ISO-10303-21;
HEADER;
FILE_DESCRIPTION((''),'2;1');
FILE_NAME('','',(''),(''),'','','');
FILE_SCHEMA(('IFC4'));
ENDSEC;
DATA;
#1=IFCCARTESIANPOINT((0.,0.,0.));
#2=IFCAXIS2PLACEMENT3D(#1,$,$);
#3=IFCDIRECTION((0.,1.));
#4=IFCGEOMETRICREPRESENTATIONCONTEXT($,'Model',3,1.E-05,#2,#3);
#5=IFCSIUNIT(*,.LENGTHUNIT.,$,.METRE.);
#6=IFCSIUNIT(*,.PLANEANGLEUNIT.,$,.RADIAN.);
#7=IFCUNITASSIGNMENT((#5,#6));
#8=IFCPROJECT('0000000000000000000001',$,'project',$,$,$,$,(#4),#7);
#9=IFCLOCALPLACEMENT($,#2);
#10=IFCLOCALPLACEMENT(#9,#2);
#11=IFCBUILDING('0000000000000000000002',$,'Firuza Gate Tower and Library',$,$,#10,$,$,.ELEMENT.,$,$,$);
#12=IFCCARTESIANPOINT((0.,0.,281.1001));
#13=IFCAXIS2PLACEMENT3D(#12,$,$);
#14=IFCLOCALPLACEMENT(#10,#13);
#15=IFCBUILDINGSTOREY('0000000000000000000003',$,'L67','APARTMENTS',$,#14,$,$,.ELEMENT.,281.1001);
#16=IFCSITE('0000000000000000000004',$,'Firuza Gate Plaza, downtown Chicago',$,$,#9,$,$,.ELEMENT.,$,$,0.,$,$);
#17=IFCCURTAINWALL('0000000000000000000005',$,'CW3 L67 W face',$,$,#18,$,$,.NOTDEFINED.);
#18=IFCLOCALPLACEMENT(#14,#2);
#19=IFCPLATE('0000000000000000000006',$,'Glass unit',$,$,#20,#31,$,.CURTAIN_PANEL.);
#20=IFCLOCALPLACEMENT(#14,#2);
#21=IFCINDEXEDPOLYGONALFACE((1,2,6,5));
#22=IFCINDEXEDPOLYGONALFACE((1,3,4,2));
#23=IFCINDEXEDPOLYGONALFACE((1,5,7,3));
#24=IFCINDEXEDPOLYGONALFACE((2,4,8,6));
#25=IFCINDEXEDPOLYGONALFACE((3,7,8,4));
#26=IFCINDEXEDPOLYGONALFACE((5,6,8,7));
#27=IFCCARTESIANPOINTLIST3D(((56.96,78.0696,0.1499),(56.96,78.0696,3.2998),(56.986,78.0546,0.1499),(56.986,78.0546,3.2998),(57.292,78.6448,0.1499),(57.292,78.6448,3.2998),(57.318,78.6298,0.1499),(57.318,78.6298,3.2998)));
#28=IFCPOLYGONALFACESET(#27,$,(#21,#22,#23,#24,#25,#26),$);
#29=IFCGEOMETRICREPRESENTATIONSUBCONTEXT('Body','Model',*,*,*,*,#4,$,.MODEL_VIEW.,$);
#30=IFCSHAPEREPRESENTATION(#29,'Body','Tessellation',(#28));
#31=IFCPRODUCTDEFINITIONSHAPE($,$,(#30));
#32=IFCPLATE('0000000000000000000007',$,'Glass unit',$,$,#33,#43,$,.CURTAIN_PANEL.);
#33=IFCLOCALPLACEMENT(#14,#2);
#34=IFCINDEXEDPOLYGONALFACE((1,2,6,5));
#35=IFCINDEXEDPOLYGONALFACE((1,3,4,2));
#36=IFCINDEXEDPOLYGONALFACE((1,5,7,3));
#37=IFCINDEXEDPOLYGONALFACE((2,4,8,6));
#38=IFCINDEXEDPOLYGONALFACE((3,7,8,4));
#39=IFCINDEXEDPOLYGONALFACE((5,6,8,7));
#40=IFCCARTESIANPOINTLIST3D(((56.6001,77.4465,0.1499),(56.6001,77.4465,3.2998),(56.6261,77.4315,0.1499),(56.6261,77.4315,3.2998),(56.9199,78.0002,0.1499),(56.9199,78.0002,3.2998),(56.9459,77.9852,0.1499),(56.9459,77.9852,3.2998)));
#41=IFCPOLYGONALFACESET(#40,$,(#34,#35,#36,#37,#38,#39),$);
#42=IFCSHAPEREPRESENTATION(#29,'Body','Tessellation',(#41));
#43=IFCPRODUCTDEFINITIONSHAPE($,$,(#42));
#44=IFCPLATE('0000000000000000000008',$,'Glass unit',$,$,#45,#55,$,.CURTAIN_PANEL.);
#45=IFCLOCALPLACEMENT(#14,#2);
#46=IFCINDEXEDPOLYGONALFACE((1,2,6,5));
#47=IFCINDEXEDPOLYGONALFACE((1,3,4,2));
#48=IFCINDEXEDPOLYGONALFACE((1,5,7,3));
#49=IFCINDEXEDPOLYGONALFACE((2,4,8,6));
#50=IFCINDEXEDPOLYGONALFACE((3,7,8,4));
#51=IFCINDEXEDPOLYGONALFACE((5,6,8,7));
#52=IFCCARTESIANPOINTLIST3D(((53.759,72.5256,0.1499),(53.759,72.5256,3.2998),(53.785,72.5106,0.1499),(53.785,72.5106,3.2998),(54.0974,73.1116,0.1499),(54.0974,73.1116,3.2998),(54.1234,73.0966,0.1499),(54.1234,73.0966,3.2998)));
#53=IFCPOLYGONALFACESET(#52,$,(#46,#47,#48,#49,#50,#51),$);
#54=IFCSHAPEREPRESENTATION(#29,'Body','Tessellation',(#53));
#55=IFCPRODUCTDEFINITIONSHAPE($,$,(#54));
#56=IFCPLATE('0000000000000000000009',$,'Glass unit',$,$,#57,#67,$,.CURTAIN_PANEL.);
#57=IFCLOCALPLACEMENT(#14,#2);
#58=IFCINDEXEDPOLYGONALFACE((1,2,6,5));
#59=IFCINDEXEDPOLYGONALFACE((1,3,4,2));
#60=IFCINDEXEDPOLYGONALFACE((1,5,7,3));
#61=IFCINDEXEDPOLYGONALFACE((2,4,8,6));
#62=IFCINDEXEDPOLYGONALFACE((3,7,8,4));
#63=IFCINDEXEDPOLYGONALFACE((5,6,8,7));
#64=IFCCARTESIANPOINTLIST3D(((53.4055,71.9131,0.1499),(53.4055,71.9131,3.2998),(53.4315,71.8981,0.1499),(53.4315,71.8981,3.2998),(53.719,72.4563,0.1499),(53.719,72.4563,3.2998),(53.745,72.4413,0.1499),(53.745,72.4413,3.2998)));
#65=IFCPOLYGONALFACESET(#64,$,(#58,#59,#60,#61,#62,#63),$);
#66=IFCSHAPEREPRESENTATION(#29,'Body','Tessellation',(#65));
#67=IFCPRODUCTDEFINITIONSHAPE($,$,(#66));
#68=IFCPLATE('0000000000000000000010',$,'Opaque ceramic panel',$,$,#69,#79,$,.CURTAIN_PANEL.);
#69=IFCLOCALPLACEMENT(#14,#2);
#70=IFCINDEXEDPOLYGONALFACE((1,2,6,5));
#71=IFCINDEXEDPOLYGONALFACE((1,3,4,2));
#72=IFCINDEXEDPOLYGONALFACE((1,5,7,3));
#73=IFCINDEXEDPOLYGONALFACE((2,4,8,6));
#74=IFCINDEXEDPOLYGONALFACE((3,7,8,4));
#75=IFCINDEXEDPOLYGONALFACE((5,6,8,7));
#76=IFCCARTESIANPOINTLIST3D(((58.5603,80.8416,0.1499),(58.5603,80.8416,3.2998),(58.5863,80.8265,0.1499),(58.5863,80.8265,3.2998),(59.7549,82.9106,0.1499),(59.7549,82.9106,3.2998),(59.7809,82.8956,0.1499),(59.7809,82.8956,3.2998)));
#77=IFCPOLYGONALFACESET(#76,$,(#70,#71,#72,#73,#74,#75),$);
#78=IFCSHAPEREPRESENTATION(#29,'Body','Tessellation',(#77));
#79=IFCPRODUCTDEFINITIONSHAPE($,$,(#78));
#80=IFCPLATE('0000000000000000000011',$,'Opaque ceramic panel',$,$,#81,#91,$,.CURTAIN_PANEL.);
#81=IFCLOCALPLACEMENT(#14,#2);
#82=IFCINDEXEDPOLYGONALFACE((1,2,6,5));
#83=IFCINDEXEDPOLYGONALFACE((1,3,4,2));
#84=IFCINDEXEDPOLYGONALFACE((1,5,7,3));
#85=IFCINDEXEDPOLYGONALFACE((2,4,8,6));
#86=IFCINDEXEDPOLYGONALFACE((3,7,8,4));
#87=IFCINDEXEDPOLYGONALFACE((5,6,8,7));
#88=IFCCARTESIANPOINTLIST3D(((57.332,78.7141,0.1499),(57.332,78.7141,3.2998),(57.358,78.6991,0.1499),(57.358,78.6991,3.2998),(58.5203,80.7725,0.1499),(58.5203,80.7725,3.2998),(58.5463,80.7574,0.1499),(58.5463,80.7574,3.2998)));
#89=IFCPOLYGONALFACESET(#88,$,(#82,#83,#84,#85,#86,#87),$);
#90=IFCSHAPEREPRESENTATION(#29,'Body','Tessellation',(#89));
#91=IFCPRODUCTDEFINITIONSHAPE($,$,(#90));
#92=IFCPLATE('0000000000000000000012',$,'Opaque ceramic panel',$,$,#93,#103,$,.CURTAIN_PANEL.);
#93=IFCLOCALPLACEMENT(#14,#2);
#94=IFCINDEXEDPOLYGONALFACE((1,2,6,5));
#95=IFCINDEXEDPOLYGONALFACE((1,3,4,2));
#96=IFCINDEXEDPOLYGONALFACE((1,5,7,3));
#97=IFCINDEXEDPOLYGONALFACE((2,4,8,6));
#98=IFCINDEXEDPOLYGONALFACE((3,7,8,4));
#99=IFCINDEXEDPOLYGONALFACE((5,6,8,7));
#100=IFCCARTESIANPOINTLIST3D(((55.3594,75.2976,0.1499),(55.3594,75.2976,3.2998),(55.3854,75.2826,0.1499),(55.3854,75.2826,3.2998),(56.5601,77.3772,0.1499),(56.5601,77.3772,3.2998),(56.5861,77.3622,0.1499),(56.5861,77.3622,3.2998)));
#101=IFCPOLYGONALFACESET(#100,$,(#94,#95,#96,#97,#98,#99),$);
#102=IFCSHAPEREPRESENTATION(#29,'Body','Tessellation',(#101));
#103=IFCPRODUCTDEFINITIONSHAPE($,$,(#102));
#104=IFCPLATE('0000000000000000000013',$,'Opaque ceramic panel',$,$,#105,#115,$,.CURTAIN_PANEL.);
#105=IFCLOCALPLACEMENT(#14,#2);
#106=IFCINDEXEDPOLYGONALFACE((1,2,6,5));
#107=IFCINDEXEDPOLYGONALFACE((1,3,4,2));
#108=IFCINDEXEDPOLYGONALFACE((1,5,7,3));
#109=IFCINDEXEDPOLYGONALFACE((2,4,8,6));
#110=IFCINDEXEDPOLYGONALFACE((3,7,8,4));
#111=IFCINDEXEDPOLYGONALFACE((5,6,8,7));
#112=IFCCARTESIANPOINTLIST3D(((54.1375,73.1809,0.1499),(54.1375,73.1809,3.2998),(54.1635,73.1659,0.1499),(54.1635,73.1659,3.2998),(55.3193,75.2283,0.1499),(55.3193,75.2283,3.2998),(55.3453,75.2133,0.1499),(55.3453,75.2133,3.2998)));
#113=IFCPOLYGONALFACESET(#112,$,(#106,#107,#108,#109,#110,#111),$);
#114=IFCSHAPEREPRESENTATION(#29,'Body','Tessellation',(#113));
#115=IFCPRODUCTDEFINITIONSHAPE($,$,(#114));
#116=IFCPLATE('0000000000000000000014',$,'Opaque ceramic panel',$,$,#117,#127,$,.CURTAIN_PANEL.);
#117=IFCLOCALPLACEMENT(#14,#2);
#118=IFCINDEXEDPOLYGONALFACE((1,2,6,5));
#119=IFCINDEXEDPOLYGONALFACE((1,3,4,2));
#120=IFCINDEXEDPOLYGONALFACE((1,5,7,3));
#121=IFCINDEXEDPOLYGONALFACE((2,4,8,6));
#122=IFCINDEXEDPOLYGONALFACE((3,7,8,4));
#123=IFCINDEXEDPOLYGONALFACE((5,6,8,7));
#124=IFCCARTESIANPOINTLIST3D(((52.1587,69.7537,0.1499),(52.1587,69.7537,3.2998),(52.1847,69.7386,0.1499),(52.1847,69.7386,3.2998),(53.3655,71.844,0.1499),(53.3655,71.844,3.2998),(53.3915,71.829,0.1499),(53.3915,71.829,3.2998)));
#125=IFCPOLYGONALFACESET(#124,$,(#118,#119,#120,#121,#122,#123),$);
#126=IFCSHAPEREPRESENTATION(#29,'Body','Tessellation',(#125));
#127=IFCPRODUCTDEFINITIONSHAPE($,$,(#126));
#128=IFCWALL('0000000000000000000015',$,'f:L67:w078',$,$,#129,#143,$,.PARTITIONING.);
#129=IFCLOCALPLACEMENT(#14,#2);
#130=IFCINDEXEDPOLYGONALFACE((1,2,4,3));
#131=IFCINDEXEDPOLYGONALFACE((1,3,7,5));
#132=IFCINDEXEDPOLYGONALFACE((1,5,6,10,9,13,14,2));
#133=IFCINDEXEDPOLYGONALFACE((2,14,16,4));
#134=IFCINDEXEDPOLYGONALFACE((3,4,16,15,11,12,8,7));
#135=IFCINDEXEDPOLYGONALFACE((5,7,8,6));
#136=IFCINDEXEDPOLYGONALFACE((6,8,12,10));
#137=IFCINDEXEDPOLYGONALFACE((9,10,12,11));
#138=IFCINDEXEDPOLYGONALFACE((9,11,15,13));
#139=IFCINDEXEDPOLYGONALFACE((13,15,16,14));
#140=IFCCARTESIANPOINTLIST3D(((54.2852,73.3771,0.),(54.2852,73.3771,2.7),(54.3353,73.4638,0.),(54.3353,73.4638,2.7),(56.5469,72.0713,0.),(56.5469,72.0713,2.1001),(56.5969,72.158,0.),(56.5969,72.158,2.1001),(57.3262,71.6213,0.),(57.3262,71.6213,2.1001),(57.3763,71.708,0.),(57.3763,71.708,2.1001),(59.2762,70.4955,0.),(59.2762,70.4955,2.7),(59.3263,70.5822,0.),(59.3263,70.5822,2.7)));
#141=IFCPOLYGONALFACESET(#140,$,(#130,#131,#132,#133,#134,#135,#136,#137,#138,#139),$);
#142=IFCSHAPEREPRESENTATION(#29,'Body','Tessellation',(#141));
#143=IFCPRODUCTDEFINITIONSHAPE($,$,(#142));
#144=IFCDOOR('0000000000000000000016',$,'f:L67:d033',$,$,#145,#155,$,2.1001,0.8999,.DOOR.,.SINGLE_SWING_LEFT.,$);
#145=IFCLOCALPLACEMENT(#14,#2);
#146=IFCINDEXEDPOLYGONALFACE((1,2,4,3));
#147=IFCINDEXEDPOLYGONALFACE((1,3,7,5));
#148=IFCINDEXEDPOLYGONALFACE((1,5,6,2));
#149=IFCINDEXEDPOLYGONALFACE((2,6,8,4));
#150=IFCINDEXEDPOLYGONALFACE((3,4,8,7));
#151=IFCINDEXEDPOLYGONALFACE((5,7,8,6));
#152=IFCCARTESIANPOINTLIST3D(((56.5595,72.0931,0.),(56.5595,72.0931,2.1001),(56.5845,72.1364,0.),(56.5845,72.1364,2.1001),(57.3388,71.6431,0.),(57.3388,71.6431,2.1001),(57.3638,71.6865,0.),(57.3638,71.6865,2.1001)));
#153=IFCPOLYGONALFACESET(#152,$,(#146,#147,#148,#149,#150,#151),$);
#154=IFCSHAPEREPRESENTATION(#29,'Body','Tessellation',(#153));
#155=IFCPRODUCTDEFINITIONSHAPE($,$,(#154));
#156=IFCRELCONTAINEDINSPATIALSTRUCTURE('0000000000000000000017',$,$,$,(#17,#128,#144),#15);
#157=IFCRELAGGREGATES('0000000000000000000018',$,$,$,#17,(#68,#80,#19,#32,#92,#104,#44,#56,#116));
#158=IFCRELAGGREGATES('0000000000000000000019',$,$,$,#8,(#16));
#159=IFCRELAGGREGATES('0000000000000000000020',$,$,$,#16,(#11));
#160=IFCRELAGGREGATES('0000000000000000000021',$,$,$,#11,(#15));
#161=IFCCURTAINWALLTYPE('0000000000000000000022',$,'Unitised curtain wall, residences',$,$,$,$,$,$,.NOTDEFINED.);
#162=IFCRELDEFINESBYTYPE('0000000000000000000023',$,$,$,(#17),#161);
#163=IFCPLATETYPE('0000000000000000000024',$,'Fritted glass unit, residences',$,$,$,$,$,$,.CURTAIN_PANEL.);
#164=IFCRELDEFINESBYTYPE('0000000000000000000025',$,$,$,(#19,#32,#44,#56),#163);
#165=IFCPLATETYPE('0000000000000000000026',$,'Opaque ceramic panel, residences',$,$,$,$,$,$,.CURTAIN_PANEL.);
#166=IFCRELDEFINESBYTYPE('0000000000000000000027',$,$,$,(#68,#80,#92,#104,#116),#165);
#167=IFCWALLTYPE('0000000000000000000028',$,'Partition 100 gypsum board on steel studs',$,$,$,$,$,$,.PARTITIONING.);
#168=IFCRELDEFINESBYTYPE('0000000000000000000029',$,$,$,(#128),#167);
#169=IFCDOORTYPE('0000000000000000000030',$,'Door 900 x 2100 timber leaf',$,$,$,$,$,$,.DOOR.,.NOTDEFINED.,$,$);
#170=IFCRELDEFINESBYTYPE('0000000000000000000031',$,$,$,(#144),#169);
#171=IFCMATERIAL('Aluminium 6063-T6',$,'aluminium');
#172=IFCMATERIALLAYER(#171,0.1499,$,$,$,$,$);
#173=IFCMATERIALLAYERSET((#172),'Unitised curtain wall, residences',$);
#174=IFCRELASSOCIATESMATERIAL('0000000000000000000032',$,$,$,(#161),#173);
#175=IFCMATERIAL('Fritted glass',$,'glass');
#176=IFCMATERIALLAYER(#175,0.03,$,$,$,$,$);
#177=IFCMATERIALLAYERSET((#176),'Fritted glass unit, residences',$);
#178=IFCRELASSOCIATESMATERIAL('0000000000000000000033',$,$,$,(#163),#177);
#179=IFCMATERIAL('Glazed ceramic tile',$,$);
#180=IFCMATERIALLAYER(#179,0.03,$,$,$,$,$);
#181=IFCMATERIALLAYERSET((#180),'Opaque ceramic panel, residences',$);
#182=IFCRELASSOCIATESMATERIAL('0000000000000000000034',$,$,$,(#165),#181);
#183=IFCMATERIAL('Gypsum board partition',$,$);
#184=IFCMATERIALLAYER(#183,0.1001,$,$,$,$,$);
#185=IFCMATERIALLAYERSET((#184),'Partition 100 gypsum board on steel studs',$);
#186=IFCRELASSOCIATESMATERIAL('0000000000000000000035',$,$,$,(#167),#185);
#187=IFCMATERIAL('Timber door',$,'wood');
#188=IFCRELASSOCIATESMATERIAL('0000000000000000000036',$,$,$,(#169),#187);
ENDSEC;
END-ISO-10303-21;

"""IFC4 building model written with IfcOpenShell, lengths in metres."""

from ifc_helpers import new_model, si_unit, direction, frame, frame_2d, origin, place, context, subcontext, project, spatial, polyline, rectangle, outline, extrude, material, layer, layer_set, type_object, element, fill, aggregate, save


model = new_model("IFC4")

# Units and contexts
model_context = context("Model", 3, precision=1e-05, world=origin(), true_north=direction((0.0, 1.0)))
body_context = subcontext(model_context, "Body", "Model", "MODEL_VIEW")
ifc_project = project(units=[si_unit("LENGTHUNIT", "METRE"), si_unit("PLANEANGLEUNIT", "RADIAN")], contexts=[model_context])

# Site, building, storey
site_placement = place(None, origin())
site = spatial("IfcSite", under=ifc_project, at=site_placement, Name="Firuza Gate Plaza, downtown Chicago", CompositionType="ELEMENT", RefElevation=0.0)
building_placement = place(site_placement, origin())
building = spatial("IfcBuilding", under=site, at=building_placement, Name="Firuza Gate Tower and Library", CompositionType="ELEMENT")
storey_placement = place(building_placement, frame((0.0, 0.0, 281.1001)))
storey = spatial("IfcBuildingStorey", under=building, at=storey_placement, Name="L67", Description="APARTMENTS", CompositionType="ELEMENT", Elevation=281.1001)

# Curtain wall
ifc_material_1 = material(Name="Aluminium 6063-T6", Category="aluminium")
ifc_layer_1 = layer(ifc_material_1, 0.1499)
ifc_layer_set_1 = layer_set([ifc_layer_1], Name="Unitised curtain wall, residences")
curtain_wall_type = type_object("IfcCurtainWallType", Name="Unitised curtain wall, residences", PredefinedType="NOTDEFINED", material=ifc_layer_set_1)
curtain_wall_placement = place(storey_placement, origin())
curtain_wall = element("IfcCurtainWall", 1, at=curtain_wall_placement, inside=storey, type_object=curtain_wall_type, Name="CW3 L67 W face", PredefinedType="NOTDEFINED")

# Plates
ifc_material_2 = material(Name="Fritted glass", Category="glass")
ifc_layer_2 = layer(ifc_material_2, 0.03)
ifc_layer_set_2 = layer_set([ifc_layer_2], Name="Fritted glass unit, residences")
plate_type_1 = type_object("IfcPlateType", Name="Fritted glass unit, residences", PredefinedType="CURTAIN_PANEL", material=ifc_layer_set_2)
plate_1_placement = place(storey_placement, frame((57.292, 78.6448, 0.1499), z_axis=(-0.866063, 0.499935, 0.0), x_axis=(-0.499935, -0.866063, 0.0)))
plate_1 = element("IfcPlate", 2, at=plate_1_placement, type_object=plate_type_1, Name="Glass unit", PredefinedType="CURTAIN_PANEL", context=body_context, shape_type="SweptSolid", body=[
    extrude(outline(polyline([(0.0, 0.0), (0.6641, 0.0), (0.6641, 3.1499), (0.0, 3.1499), (0.0, 0.0)])), origin(), (0.0, 0.0, -1.0), 0.03),
])
plate_2_placement = place(storey_placement, frame((56.9199, 78.0002, 0.1499), z_axis=(-0.865931, 0.500163, 0.0), x_axis=(-0.500163, -0.865931, 0.0)))
plate_2 = element("IfcPlate", 3, at=plate_2_placement, type_object=plate_type_1, Name="Glass unit", PredefinedType="CURTAIN_PANEL", context=body_context, shape_type="SweptSolid", body=[
    extrude(outline(polyline([(0.0, 0.0), (0.6394, 0.0), (0.6394, 3.1499), (0.0, 3.1499), (0.0, 0.0)])), origin(), (0.0, 0.0, -1.0), 0.03),
])
plate_3_placement = place(storey_placement, frame((54.0974, 73.1116, 0.1499), z_axis=(-0.865969, 0.500097, 0.0), x_axis=(-0.500097, -0.865969, 0.0)))
plate_3 = element("IfcPlate", 4, at=plate_3_placement, type_object=plate_type_1, Name="Glass unit", PredefinedType="CURTAIN_PANEL", context=body_context, shape_type="SweptSolid", body=[
    extrude(outline(polyline([(0.0, 0.0), (0.6766, 0.0), (0.6766, 3.1499), (0.0, 3.1499), (0.0, 0.0)])), origin(), (0.0, 0.0, -1.0), 0.03),
])
plate_4_placement = place(storey_placement, frame((53.719, 72.4563, 0.1499), z_axis=(-0.866127, 0.499824, 0.0), x_axis=(-0.499824, -0.866127, 0.0)))
plate_4 = element("IfcPlate", 5, at=plate_4_placement, type_object=plate_type_1, Name="Glass unit", PredefinedType="CURTAIN_PANEL", context=body_context, shape_type="SweptSolid", body=[
    extrude(outline(polyline([(0.0, 0.0), (0.6272, 0.0), (0.6272, 3.1499), (0.0, 3.1499), (0.0, 0.0)])), origin(), (0.0, 0.0, -1.0), 0.03),
])
ifc_material_3 = material(Name="Glazed ceramic tile")
ifc_layer_3 = layer(ifc_material_3, 0.03)
ifc_layer_set_3 = layer_set([ifc_layer_3], Name="Opaque ceramic panel, residences")
plate_type_2 = type_object("IfcPlateType", Name="Opaque ceramic panel, residences", PredefinedType="CURTAIN_PANEL", material=ifc_layer_set_3)
plate_5_placement = place(storey_placement, frame((59.7549, 82.9106, 0.1499), z_axis=(-0.866027, 0.499997, 0.0), x_axis=(-0.499997, -0.866027, 0.0)))
plate_5 = element("IfcPlate", 6, at=plate_5_placement, type_object=plate_type_2, Name="Opaque ceramic panel", PredefinedType="CURTAIN_PANEL", context=body_context, shape_type="SweptSolid", body=[
    extrude(outline(polyline([(0.0, 0.0), (2.3892, 0.0), (2.3892, 3.1499), (0.0, 3.1499), (0.0, 0.0)])), origin(), (0.0, 0.0, -1.0), 0.03),
])
plate_6_placement = place(storey_placement, frame((58.5203, 80.7725, 0.1499), z_axis=(-0.866054, 0.499951, 0.0), x_axis=(-0.499951, -0.866054, 0.0)))
plate_6 = element("IfcPlate", 7, at=plate_6_placement, type_object=plate_type_2, Name="Opaque ceramic panel", PredefinedType="CURTAIN_PANEL", context=body_context, shape_type="SweptSolid", body=[
    extrude(outline(polyline([(0.0, 0.0), (2.3767, 0.0), (2.3767, 3.1499), (0.0, 3.1499), (0.0, 0.0)])), origin(), (0.0, 0.0, -1.0), 0.03),
])
plate_7_placement = place(storey_placement, frame((56.5601, 77.3772, 0.1499), z_axis=(-0.86602, 0.50001, 0.0), x_axis=(-0.50001, -0.86602, 0.0)))
plate_7 = element("IfcPlate", 8, at=plate_7_placement, type_object=plate_type_2, Name="Opaque ceramic panel", PredefinedType="CURTAIN_PANEL", context=body_context, shape_type="SweptSolid", body=[
    extrude(outline(polyline([(0.0, 0.0), (2.4013, 0.0), (2.4013, 3.1499), (0.0, 3.1499), (0.0, 0.0)])), origin(), (0.0, 0.0, -1.0), 0.03),
])
plate_8_placement = place(storey_placement, frame((55.3193, 75.2283, 0.1499), z_axis=(-0.866055, 0.499949, 0.0), x_axis=(-0.499949, -0.866055, 0.0)))
plate_8 = element("IfcPlate", 9, at=plate_8_placement, type_object=plate_type_2, Name="Opaque ceramic panel", PredefinedType="CURTAIN_PANEL", context=body_context, shape_type="SweptSolid", body=[
    extrude(outline(polyline([(0.0, 0.0), (2.364, 0.0), (2.364, 3.1499), (0.0, 3.1499), (0.0, 0.0)])), origin(), (0.0, 0.0, -1.0), 0.03),
])
plate_9_placement = place(storey_placement, frame((53.3655, 71.844, 0.1499), z_axis=(-0.866037, 0.499979, 0.0), x_axis=(-0.499979, -0.866037, 0.0)))
plate_9 = element("IfcPlate", 10, at=plate_9_placement, type_object=plate_type_2, Name="Opaque ceramic panel", PredefinedType="CURTAIN_PANEL", context=body_context, shape_type="SweptSolid", body=[
    extrude(outline(polyline([(0.0, 0.0), (2.4137, 0.0), (2.4137, 3.1499), (0.0, 3.1499), (0.0, 0.0)])), origin(), (0.0, 0.0, -1.0), 0.03),
])
aggregate(curtain_wall, [plate_5, plate_6, plate_1, plate_2, plate_7, plate_8, plate_3, plate_4, plate_9])

# Wall, opening, door
ifc_material_4 = material(Name="Gypsum board partition")
ifc_layer_4 = layer(ifc_material_4, 0.1001)
ifc_layer_set_4 = layer_set([ifc_layer_4], Name="Partition 100 gypsum board on steel studs")
wall_type = type_object("IfcWallType", Name="Partition 100 gypsum board on steel studs", PredefinedType="PARTITIONING", material=ifc_layer_set_4)
wall_placement = place(storey_placement, frame((59.3013, 70.5388, 0.0), z_axis=(0.0, 0.0, 1.0), x_axis=(-0.866021, 0.500007, 0.0)))
wall = element("IfcWall", 11, at=wall_placement, inside=storey, type_object=wall_type, Name="f:L67:w078", PredefinedType="PARTITIONING", context=body_context, shape_type="SweptSolid", body=[
    extrude(rectangle(XDim=5.7632, YDim=0.1001, at=frame_2d((2.8816, 0.0))), origin(), (0.0, 0.0, 1.0), 2.7),
])
opening_placement = place(wall_placement, frame((2.2517, 0.0, 0.0)))
opening = element("IfcOpeningElement", 12, at=opening_placement, cuts=wall, PredefinedType="OPENING", context=body_context, shape_type="SweptSolid", body=[
    extrude(rectangle(XDim=0.8999, YDim=2.1001, at=frame_2d((0.45, 1.05))), frame((0.0, 0.0601, 0.0), z_axis=(0.0, -1.0, 0.0), x_axis=(1.0, 0.0, 0.0)), (0.0, 0.0, 1.0), 0.1201),
])
ifc_material_5 = material(Name="Timber door", Category="wood")
door_type = type_object("IfcDoorType", Name="Door 900 x 2100 timber leaf", OperationType="NOTDEFINED", PredefinedType="DOOR", material=ifc_material_5)
door_placement = place(opening_placement, origin())
door = element("IfcDoor", 13, at=door_placement, inside=storey, type_object=door_type, Name="f:L67:d033", OperationType="SINGLE_SWING_LEFT", OverallHeight=2.1001, OverallWidth=0.8999, PredefinedType="DOOR", context=body_context, shape_type="SweptSolid", body=[
    extrude(rectangle(XDim=0.8999, YDim=2.1001, at=frame_2d((0.45, 1.05))), frame((0.0, 0.0249, 0.0), z_axis=(0.0, -1.0, 0.0), x_axis=(1.0, 0.0, 0.0)), (0.0, 0.0, 1.0), 0.05),
])
fill(opening, door)

save(model, "model.ifc")
